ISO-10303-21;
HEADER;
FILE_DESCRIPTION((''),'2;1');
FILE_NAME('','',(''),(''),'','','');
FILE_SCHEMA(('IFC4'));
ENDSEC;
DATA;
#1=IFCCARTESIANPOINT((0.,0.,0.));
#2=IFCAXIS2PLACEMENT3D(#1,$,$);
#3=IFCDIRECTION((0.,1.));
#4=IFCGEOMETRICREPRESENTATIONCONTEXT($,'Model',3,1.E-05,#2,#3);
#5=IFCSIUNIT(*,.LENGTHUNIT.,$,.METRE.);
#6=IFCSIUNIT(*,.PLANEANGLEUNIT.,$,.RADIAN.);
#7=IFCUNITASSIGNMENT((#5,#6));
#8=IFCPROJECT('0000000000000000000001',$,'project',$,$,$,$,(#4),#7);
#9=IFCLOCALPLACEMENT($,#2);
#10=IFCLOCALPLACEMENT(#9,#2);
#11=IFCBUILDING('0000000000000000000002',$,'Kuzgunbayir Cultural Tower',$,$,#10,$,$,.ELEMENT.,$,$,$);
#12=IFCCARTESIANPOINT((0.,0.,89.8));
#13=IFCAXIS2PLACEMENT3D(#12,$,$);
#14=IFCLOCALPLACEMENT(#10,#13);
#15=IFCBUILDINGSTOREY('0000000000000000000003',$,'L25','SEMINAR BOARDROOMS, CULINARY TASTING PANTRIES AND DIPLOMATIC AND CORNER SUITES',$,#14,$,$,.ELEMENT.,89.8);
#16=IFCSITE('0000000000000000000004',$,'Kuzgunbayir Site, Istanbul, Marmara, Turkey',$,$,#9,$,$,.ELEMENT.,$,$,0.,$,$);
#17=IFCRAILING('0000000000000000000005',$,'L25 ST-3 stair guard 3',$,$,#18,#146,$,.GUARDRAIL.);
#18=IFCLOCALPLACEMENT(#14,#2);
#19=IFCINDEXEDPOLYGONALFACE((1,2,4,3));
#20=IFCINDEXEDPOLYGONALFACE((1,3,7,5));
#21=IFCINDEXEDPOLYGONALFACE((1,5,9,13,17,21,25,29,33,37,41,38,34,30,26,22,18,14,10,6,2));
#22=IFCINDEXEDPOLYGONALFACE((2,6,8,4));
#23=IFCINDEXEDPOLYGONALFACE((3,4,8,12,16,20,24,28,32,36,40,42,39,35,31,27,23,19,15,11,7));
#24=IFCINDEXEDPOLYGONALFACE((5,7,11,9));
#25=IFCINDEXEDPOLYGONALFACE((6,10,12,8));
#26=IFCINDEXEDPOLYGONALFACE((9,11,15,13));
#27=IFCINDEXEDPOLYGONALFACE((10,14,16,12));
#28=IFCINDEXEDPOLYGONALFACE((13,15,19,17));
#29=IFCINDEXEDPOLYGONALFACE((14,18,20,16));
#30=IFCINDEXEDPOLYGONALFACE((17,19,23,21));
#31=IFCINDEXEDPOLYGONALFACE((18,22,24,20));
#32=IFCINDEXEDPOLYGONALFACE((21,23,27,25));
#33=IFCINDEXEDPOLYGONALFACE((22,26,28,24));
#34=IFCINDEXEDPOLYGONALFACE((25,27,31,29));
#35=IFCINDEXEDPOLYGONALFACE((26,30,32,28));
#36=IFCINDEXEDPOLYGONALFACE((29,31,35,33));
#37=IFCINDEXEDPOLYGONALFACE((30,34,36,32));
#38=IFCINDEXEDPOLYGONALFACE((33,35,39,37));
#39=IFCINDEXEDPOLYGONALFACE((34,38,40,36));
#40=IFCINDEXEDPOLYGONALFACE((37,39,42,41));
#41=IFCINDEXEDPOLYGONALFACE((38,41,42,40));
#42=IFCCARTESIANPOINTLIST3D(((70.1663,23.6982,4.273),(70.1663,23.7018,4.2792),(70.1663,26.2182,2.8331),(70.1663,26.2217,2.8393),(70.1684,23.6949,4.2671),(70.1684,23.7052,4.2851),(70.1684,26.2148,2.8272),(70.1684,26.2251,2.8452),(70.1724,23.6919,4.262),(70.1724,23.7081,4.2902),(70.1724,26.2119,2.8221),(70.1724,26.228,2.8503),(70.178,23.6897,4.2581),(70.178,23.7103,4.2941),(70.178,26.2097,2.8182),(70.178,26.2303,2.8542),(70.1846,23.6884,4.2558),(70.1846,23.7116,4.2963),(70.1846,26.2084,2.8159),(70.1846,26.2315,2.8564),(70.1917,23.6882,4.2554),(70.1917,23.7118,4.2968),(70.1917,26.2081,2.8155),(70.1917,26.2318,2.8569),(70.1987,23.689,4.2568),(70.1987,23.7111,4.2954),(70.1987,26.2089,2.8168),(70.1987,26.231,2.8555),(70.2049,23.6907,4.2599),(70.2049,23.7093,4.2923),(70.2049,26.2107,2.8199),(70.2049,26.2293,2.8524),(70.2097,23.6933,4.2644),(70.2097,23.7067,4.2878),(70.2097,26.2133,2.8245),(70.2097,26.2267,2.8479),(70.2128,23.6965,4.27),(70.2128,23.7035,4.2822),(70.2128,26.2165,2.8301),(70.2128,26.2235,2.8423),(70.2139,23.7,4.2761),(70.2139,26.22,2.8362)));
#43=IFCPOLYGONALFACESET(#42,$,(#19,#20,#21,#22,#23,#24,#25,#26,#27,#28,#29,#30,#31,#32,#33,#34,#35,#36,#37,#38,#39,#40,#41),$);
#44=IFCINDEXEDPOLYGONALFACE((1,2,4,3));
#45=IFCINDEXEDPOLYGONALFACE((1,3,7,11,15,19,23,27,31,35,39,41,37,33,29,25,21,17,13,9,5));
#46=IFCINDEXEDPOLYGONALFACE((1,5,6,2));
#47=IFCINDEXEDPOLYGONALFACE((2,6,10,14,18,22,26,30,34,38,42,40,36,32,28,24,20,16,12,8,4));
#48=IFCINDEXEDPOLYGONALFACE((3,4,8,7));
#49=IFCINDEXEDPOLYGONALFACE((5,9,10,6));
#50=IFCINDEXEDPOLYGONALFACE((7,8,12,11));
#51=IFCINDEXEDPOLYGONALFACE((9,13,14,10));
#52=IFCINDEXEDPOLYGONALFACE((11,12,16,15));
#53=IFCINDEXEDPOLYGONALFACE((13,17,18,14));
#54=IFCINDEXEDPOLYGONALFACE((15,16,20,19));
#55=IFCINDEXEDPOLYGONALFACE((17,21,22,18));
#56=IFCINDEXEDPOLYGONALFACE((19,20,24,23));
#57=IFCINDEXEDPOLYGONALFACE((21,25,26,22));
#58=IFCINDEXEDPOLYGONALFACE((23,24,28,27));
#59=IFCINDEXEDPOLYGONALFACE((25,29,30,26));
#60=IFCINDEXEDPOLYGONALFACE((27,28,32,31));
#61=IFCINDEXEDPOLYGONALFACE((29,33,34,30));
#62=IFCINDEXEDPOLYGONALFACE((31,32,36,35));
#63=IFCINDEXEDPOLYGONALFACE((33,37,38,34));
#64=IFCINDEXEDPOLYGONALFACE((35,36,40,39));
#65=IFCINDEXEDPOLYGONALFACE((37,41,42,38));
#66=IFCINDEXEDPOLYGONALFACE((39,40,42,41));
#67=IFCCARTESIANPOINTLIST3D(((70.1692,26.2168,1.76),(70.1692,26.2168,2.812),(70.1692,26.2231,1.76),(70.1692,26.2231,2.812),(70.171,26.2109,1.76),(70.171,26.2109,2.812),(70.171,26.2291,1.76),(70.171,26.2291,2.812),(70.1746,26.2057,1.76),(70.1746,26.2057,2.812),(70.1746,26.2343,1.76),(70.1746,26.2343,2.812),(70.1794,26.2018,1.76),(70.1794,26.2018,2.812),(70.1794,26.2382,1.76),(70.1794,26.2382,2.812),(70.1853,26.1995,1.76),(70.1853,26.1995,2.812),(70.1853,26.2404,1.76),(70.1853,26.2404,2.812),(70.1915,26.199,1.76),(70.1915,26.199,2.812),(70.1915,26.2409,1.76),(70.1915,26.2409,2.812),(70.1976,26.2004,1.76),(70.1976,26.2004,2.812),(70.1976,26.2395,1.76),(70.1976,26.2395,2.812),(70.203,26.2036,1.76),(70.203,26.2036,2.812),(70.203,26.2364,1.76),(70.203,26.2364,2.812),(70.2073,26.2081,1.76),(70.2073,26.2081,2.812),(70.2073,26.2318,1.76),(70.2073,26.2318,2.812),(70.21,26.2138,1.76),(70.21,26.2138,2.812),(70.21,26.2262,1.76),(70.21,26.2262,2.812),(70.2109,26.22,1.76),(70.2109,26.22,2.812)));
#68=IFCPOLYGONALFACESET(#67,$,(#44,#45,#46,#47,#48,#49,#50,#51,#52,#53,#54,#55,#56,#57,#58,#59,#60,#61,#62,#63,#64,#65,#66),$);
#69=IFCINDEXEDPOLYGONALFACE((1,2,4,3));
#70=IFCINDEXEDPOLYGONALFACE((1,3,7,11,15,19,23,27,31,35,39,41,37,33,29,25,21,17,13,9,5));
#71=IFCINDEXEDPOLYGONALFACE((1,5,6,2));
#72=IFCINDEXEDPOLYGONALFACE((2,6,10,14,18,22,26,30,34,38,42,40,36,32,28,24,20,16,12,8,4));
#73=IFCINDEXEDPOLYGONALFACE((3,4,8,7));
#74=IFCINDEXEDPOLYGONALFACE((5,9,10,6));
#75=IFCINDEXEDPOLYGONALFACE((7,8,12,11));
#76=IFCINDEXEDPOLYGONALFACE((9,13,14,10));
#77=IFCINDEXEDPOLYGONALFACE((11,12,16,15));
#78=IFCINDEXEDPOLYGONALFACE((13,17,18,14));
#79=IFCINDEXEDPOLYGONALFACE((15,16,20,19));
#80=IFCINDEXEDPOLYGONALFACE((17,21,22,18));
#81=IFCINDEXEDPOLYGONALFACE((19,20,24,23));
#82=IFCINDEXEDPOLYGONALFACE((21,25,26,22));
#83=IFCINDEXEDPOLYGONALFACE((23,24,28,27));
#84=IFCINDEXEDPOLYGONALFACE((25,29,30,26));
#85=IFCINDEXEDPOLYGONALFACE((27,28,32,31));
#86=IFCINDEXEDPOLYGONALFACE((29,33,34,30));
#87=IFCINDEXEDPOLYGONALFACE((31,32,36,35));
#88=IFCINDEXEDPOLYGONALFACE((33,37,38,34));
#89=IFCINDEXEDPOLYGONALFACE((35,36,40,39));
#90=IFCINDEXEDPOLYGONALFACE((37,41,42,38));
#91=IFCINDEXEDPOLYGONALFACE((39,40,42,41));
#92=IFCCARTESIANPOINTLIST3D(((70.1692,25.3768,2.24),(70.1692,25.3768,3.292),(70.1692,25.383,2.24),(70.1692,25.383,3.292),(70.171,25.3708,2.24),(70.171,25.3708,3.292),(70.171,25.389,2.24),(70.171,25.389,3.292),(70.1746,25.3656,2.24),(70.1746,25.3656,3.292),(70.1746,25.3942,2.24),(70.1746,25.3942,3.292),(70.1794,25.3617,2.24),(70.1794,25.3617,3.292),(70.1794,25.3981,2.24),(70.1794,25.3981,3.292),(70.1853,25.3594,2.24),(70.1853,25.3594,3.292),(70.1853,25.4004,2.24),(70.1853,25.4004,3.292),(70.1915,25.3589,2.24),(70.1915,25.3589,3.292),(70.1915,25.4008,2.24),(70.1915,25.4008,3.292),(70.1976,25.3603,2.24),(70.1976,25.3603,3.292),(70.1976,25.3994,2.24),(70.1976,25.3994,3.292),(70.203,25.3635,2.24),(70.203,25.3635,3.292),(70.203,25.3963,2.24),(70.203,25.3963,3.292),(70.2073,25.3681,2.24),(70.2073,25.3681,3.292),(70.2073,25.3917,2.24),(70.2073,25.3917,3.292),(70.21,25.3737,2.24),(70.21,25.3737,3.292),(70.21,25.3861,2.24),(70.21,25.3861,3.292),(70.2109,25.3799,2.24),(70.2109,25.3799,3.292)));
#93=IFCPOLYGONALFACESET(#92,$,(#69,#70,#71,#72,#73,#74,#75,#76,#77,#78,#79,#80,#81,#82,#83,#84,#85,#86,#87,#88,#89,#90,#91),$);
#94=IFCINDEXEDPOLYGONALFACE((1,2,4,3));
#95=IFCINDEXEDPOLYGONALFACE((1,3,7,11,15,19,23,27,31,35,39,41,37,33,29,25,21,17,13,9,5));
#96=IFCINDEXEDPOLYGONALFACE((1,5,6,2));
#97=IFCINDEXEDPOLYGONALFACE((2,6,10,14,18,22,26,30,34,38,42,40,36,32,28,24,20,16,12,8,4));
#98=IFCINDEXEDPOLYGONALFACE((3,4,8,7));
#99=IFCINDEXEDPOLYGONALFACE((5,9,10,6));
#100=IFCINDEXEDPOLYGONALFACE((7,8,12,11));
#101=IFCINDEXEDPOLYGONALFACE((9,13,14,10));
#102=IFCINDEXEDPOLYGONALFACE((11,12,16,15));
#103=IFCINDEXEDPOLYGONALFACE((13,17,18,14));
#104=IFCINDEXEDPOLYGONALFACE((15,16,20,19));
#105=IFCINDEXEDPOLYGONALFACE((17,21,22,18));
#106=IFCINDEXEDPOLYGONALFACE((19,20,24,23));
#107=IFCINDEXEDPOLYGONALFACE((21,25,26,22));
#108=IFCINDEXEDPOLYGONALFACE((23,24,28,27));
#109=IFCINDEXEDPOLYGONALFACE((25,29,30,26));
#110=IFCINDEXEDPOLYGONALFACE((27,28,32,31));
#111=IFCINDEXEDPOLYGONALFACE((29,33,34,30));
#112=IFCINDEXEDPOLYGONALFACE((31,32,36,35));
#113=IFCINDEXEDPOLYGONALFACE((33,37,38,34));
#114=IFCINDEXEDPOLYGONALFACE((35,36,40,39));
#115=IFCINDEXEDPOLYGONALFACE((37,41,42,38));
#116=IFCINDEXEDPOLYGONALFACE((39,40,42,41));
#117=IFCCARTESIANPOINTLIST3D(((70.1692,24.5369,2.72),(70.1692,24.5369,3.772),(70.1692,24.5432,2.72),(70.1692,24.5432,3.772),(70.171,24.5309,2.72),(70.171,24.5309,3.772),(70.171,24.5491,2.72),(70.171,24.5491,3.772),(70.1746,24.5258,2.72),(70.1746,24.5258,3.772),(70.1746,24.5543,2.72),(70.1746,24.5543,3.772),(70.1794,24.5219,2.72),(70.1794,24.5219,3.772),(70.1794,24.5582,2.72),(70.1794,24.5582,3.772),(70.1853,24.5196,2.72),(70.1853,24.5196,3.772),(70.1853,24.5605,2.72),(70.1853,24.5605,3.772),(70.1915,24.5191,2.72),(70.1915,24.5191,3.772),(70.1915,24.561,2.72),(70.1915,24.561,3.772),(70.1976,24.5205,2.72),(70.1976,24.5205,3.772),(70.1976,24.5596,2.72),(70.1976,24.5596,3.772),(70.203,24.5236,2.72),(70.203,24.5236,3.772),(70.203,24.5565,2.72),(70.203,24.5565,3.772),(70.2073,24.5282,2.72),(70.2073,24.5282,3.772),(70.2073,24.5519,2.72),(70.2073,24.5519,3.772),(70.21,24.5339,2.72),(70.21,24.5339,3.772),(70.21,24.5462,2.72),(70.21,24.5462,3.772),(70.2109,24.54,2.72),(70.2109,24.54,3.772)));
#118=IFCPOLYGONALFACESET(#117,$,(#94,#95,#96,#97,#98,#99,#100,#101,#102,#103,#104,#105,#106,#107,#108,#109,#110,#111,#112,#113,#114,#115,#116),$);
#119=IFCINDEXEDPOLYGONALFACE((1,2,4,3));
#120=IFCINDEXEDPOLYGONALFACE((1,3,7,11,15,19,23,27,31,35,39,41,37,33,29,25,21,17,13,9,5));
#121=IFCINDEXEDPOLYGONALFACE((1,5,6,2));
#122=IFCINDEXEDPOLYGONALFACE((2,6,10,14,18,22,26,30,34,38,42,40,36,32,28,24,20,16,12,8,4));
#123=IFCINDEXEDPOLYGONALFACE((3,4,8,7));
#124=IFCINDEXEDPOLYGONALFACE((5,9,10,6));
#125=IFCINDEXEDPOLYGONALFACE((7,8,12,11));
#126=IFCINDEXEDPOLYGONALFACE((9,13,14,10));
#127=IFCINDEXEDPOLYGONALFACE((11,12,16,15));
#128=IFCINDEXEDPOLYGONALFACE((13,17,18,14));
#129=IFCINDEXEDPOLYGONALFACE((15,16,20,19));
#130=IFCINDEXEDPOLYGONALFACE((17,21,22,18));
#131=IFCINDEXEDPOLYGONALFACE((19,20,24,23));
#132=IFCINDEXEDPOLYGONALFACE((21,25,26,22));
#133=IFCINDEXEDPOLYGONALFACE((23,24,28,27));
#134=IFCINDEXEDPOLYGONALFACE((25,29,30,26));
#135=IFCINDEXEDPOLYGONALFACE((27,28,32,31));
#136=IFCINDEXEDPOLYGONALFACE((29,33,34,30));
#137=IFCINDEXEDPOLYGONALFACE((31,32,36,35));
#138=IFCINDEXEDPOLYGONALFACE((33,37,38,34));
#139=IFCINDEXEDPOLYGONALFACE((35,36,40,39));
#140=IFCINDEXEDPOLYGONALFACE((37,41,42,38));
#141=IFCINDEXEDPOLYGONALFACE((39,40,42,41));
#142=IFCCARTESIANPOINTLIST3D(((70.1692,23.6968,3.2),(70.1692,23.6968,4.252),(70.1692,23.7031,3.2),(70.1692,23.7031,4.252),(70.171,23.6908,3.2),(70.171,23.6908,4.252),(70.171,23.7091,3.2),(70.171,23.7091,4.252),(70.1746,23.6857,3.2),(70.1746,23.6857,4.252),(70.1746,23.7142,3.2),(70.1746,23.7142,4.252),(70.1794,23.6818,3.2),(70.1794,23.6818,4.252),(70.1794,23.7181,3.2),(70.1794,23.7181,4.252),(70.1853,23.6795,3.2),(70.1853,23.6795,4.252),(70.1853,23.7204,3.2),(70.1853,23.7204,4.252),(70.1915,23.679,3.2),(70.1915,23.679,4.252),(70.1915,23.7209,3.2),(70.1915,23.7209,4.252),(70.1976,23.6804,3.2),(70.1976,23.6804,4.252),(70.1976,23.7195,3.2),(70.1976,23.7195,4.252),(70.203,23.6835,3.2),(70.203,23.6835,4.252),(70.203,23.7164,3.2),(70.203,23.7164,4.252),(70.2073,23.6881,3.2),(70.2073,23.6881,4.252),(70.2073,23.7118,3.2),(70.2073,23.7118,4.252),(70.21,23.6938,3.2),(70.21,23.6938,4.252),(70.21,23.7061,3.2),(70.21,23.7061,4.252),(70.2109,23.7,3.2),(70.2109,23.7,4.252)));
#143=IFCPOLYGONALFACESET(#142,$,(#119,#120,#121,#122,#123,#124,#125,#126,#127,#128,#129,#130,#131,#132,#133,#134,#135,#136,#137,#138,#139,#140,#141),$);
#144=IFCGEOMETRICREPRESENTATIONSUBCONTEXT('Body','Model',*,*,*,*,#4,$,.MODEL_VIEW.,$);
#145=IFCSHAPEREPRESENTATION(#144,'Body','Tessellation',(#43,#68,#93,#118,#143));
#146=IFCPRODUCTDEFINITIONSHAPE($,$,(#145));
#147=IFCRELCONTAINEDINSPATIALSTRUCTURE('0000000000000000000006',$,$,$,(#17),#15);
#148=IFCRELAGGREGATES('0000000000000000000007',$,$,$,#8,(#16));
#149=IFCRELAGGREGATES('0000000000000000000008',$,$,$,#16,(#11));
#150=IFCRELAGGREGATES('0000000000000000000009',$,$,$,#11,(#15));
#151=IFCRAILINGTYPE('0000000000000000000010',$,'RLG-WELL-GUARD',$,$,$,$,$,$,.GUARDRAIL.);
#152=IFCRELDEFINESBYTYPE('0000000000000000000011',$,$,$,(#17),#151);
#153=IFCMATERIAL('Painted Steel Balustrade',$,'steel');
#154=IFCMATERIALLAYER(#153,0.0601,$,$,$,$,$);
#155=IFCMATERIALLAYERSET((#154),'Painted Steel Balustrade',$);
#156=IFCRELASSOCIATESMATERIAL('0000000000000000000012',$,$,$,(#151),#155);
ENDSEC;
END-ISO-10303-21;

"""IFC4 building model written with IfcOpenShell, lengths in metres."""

from ifc_helpers import new_model, si_unit, direction, frame, origin, origin_2d, place, context, subcontext, project, spatial, circle, extrude, material, layer, layer_set, type_object, element, save


model = new_model("IFC4")

# Units and contexts
model_context = context("Model", 3, precision=1e-05, world=origin(), true_north=direction((0.0, 1.0)))
body_context = subcontext(model_context, "Body", "Model", "MODEL_VIEW")
ifc_project = project(units=[si_unit("LENGTHUNIT", "METRE"), si_unit("PLANEANGLEUNIT", "RADIAN")], contexts=[model_context])

# Site, building, storey
site_placement = place(None, origin())
site = spatial("IfcSite", under=ifc_project, at=site_placement, Name="Kuzgunbayir Site, Istanbul, Marmara, Turkey", CompositionType="ELEMENT", RefElevation=0.0)
building_placement = place(site_placement, origin())
building = spatial("IfcBuilding", under=site, at=building_placement, Name="Kuzgunbayir Cultural Tower", CompositionType="ELEMENT")
storey_placement = place(building_placement, frame((0.0, 0.0, 89.8)))
storey = spatial("IfcBuildingStorey", under=building, at=storey_placement, Name="L25", Description="SEMINAR BOARDROOMS, CULINARY TASTING PANTRIES AND DIPLOMATIC AND CORNER SUITES", CompositionType="ELEMENT", Elevation=89.8)

# Railing
ifc_material_1 = material(Name="Painted Steel Balustrade", Category="steel")
ifc_layer_1 = layer(ifc_material_1, 0.0601)
ifc_layer_set_1 = layer_set([ifc_layer_1], Name="Painted Steel Balustrade")
railing_type_1 = type_object("IfcRailingType", Name="RLG-WELL-GUARD", PredefinedType="GUARDRAIL", material=ifc_layer_set_1)
railing_1_placement = place(storey_placement, frame((70.1899, 26.22, 1.76)))
element("IfcRailing", 1, at=railing_1_placement, inside=storey, type_object=railing_type_1, Name="L25 ST-3 stair guard 3", PredefinedType="GUARDRAIL", context=body_context, shape_type="SweptSolid", body=[
    extrude(circle(Radius=0.0239, at=origin_2d()), frame((0.0, 0.0, 1.0762), z_axis=(0.0, -0.868253, 0.496121), x_axis=(1.0, 0.0, 0.0)), (0.0, 0.0, 1.0), 2.9023),
    extrude(circle(Radius=0.021, at=origin_2d()), origin(), (0.0, 0.0, 1.0), 1.052),
    extrude(circle(Radius=0.021, at=origin_2d()), frame((0.0, -0.8401, 0.48)), (0.0, 0.0, 1.0), 1.052),
    extrude(circle(Radius=0.021, at=origin_2d()), frame((0.0, -1.6799, 0.96)), (0.0, 0.0, 1.0), 1.052),
    extrude(circle(Radius=0.021, at=origin_2d()), frame((0.0, -2.52, 1.4399)), (0.0, 0.0, 1.0), 1.052),
])

save(model, "model.ifc")
